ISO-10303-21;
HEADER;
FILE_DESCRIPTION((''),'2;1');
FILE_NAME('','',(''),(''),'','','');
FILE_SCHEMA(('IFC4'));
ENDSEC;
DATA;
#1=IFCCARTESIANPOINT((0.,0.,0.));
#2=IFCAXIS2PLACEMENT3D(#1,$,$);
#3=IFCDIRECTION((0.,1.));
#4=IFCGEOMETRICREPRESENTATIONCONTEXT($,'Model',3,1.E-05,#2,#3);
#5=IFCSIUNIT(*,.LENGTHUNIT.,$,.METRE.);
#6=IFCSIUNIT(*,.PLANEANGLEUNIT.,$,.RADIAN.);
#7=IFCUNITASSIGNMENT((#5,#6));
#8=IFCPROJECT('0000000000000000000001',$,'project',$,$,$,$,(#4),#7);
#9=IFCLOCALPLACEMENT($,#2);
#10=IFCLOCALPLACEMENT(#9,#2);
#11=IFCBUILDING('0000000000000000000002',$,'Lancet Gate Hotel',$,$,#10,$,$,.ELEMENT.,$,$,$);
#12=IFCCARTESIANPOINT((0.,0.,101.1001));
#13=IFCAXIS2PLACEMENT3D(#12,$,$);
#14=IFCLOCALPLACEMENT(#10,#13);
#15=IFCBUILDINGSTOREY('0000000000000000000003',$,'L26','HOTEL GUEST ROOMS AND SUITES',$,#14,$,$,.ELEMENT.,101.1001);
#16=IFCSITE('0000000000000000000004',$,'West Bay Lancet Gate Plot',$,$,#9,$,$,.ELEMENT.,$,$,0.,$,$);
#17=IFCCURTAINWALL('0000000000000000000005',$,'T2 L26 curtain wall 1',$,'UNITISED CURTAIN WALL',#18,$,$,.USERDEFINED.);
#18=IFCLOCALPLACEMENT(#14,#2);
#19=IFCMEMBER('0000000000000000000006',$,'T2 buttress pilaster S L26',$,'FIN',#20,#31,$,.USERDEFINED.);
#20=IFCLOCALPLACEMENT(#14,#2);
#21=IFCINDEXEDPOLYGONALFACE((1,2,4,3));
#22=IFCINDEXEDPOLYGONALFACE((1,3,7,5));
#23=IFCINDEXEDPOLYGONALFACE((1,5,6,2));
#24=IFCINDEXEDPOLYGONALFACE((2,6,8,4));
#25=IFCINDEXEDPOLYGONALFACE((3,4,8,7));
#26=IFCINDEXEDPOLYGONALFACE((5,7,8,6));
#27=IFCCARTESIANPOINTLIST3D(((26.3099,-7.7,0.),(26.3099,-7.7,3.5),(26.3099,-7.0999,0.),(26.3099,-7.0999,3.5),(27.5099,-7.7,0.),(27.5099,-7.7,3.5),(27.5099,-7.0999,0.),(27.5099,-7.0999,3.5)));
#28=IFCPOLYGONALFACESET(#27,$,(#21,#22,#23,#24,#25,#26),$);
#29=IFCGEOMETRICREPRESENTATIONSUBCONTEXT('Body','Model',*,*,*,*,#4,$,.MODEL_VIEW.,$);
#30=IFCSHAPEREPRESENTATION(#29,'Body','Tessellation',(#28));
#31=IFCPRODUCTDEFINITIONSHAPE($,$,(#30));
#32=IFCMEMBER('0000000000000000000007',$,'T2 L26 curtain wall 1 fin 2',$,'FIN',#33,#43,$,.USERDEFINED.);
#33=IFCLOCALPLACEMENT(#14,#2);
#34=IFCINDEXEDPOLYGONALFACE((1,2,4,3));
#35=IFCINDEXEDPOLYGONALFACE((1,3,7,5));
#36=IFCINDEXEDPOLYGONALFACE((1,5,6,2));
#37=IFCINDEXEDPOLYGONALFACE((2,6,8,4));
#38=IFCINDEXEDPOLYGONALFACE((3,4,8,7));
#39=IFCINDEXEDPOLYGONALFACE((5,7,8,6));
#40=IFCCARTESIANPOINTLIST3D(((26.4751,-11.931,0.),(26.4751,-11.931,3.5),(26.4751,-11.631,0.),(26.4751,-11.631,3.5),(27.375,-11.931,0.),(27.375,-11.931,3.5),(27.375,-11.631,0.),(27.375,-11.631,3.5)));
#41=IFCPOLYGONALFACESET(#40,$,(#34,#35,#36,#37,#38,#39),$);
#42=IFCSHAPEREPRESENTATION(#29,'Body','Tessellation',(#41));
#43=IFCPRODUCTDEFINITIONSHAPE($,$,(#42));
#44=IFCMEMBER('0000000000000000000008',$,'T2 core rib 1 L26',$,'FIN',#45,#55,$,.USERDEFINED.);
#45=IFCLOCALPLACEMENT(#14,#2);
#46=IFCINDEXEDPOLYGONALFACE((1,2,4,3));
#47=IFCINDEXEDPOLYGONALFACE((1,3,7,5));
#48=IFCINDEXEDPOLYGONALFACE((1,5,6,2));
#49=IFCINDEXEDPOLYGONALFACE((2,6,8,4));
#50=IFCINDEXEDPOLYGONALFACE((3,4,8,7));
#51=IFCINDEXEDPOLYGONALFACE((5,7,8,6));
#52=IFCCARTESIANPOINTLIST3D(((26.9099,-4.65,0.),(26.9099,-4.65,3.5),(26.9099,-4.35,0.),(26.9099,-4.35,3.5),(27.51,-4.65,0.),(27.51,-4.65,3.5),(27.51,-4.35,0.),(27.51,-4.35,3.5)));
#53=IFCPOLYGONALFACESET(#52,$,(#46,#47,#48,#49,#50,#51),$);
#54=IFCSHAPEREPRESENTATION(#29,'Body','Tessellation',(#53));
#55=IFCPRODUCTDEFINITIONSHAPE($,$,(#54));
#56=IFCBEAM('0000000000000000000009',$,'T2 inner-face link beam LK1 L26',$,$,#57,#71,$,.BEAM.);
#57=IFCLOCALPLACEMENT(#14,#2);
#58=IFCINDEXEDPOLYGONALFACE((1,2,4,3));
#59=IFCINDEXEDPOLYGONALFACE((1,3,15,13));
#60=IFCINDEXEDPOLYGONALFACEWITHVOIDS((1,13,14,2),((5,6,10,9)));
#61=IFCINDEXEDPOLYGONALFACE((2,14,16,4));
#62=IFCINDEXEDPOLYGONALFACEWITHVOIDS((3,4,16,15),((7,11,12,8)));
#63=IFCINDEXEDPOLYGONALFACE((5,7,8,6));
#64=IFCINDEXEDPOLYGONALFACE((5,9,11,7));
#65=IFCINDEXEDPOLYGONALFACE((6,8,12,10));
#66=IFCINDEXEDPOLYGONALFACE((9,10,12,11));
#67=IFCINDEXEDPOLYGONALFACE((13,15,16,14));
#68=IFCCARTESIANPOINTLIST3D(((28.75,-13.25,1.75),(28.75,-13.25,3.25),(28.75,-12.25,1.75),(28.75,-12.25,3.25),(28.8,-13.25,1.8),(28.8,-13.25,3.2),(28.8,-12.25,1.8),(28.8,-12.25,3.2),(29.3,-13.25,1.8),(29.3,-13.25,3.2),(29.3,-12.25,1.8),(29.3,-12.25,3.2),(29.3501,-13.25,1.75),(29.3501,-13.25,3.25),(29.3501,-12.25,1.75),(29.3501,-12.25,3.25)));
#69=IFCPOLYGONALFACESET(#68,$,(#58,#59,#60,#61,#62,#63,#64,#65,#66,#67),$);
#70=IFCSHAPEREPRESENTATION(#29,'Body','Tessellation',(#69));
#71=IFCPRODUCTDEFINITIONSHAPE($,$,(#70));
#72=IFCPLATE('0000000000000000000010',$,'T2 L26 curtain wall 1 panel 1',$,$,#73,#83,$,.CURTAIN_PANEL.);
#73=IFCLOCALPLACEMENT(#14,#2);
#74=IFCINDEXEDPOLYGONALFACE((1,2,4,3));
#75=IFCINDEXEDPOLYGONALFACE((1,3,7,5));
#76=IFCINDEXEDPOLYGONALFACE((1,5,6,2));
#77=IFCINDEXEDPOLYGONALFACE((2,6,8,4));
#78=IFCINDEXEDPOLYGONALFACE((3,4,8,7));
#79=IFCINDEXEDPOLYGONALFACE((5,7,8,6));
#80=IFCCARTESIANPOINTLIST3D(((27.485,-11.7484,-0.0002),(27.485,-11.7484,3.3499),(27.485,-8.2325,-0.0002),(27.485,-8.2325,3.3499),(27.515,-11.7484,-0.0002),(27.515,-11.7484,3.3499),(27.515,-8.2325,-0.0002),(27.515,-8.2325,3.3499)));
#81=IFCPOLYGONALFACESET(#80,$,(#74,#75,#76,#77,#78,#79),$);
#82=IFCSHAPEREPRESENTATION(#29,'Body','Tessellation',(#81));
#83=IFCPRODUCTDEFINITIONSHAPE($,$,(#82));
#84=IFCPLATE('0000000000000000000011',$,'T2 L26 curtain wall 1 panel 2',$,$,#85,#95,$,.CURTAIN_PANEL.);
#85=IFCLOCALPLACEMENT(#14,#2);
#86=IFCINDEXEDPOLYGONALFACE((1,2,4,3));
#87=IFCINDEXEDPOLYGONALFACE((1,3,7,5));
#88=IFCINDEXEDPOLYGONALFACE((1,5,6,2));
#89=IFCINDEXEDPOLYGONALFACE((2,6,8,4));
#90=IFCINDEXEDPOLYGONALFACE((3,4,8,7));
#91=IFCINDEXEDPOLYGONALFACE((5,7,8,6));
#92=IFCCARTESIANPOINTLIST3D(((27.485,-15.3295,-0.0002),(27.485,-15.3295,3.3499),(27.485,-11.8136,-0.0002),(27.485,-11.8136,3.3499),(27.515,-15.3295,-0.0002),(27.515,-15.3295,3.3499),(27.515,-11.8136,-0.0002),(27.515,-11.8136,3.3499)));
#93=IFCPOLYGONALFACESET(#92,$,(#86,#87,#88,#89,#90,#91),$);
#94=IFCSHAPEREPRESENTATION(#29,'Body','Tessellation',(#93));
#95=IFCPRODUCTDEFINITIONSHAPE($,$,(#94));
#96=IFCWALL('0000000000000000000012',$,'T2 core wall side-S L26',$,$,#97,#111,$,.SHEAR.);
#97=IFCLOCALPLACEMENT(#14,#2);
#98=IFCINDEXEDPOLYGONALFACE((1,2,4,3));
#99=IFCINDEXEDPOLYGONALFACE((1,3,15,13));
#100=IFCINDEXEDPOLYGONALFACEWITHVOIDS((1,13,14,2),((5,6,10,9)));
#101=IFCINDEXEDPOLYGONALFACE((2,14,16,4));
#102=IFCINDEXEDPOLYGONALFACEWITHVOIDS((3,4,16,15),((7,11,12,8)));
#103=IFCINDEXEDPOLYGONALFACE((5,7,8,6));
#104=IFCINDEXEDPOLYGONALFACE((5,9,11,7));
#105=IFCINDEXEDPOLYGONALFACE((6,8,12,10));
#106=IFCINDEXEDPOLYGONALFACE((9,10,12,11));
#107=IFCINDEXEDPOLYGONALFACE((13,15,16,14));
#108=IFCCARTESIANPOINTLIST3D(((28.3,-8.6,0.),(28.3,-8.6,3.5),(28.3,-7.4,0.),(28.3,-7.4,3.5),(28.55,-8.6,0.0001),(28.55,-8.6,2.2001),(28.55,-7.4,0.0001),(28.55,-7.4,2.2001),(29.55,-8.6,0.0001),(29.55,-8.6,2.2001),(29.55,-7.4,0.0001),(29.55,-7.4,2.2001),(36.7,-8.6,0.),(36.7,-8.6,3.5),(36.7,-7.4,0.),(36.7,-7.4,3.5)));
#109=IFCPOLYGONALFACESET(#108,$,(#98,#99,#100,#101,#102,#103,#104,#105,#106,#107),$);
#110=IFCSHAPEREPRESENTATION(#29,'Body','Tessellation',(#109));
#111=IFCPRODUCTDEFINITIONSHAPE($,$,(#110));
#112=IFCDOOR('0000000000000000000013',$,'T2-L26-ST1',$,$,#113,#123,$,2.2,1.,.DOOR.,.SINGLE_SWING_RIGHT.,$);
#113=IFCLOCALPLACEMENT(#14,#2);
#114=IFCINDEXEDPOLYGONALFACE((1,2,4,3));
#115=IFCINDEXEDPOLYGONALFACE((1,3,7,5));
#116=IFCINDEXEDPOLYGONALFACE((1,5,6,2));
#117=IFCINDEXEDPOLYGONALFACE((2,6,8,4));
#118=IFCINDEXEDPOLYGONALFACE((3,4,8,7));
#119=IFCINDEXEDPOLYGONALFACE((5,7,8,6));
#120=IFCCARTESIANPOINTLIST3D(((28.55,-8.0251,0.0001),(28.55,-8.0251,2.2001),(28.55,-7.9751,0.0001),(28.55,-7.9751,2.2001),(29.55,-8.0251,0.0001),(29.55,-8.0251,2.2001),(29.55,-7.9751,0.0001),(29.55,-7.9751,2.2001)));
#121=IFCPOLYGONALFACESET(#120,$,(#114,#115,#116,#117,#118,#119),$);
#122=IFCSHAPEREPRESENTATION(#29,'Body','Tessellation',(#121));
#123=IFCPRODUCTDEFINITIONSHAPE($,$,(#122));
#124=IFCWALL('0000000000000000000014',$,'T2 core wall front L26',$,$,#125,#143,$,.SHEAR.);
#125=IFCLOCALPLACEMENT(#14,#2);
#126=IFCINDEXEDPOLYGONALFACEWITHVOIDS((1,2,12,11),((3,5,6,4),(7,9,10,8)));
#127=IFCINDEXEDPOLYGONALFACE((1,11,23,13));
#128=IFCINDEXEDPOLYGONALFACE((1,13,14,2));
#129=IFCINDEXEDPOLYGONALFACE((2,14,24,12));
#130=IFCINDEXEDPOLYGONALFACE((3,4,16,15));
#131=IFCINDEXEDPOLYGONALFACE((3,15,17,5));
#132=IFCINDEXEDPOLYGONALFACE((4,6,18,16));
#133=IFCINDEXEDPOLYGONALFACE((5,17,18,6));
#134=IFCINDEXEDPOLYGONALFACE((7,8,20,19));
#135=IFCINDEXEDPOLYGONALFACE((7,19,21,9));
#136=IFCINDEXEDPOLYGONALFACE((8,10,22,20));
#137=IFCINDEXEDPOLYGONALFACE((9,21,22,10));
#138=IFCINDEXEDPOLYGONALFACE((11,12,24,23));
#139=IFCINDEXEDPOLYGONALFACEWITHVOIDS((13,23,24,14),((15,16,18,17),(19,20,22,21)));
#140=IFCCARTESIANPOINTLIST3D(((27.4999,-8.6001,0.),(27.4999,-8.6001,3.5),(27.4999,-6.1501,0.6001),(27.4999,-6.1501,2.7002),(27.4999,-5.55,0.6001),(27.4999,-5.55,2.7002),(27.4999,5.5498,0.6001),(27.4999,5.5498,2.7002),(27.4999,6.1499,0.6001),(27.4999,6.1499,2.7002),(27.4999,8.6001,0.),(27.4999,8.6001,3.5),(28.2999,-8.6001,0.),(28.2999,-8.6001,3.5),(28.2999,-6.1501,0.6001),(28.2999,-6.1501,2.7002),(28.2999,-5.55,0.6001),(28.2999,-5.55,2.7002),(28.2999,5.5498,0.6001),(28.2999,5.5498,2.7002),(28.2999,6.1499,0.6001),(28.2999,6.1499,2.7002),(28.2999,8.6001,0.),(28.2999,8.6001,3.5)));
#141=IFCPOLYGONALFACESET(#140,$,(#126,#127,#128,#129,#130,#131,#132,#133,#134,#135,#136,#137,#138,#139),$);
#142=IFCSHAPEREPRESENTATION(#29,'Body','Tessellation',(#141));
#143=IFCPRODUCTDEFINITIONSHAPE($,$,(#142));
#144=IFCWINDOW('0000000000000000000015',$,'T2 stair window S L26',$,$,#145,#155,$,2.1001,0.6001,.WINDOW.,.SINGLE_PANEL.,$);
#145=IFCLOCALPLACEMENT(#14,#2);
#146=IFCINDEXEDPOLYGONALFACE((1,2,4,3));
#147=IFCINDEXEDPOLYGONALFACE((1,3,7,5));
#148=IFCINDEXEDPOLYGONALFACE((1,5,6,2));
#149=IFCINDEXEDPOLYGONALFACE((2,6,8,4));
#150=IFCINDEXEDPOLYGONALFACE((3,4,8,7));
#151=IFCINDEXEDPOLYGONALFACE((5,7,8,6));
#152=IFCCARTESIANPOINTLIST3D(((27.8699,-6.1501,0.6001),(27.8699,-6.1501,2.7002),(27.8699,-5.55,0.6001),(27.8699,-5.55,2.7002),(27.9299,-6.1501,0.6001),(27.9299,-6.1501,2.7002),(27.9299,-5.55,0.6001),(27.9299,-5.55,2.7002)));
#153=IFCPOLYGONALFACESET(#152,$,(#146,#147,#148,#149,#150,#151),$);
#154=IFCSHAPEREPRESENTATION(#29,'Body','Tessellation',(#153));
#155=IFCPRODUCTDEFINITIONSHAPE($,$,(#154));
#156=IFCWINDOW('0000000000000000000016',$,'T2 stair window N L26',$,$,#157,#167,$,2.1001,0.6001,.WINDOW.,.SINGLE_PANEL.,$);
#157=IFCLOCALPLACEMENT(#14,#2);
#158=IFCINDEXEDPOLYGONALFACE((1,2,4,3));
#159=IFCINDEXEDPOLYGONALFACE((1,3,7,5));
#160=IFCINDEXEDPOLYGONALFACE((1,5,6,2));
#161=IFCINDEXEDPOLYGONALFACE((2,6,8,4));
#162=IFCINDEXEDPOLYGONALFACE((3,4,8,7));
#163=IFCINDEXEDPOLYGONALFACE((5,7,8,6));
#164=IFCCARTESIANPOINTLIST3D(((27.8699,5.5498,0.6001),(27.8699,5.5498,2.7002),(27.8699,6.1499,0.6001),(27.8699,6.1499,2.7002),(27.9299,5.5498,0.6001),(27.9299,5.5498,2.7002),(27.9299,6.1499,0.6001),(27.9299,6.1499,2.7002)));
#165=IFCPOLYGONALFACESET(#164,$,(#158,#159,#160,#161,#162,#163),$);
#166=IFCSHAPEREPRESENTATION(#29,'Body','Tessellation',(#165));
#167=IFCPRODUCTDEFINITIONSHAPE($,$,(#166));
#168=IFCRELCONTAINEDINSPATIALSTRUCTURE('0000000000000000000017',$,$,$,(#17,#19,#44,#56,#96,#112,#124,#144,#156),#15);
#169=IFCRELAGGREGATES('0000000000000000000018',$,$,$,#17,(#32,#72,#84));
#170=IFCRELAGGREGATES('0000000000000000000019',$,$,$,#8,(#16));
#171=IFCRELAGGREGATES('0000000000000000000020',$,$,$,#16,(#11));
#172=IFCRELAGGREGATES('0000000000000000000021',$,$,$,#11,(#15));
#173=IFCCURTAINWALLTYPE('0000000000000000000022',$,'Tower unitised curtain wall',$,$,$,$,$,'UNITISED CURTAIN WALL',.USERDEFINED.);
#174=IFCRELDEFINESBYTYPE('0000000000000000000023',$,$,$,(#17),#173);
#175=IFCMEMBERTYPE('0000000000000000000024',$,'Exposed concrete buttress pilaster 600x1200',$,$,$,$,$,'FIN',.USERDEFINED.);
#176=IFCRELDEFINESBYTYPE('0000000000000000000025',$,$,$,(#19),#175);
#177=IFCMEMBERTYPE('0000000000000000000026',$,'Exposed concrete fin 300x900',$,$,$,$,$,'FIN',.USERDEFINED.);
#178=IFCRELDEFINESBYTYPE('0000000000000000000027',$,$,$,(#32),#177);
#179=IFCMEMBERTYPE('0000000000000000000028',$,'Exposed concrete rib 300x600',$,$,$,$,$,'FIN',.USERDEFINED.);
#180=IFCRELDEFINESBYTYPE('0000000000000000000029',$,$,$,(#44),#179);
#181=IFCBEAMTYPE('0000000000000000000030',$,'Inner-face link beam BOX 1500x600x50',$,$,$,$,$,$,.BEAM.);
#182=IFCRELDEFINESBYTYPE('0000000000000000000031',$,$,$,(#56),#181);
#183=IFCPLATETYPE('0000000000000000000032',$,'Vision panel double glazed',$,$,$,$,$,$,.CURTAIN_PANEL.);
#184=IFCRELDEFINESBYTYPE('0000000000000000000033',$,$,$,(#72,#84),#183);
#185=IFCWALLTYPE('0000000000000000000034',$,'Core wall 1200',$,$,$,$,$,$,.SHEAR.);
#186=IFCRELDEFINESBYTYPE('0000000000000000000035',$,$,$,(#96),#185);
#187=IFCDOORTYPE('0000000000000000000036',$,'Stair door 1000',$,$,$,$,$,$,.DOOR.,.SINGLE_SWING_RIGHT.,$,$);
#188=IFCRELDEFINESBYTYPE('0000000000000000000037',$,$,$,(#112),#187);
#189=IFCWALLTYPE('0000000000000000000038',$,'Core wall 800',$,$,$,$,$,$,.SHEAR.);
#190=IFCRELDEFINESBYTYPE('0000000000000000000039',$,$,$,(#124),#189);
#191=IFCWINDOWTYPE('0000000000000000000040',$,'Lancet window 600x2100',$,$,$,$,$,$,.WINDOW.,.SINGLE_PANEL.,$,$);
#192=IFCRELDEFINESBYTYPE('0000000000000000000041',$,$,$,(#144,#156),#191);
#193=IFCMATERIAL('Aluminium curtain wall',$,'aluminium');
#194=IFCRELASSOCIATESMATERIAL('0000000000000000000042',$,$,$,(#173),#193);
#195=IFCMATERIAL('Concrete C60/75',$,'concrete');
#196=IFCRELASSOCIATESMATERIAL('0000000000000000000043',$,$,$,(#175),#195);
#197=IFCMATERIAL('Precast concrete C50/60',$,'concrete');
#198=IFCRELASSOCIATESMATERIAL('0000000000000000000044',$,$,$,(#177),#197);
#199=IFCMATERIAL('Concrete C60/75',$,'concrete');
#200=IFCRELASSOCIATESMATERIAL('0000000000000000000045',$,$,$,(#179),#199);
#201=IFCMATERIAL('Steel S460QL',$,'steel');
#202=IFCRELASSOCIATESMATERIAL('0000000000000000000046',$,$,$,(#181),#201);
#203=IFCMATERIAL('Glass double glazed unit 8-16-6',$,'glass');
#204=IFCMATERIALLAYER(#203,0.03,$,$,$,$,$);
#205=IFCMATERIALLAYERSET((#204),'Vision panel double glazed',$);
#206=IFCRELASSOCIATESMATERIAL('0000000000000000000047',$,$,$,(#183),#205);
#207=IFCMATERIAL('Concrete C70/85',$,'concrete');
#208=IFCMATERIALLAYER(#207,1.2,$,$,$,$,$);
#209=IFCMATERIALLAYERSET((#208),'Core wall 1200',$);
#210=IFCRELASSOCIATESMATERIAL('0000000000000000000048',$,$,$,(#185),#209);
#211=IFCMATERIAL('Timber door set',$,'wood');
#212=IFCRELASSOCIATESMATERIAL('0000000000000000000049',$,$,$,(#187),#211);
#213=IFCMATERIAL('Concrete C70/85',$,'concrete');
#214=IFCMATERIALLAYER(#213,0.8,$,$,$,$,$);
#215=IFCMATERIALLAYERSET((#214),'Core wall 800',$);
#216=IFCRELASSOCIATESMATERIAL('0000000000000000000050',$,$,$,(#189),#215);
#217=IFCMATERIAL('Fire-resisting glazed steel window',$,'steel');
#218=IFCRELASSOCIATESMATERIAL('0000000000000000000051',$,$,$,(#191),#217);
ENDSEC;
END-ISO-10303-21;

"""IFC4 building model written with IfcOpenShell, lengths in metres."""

from ifc_helpers import new_model, si_unit, direction, frame, frame_2d, origin, origin_2d, place, context, subcontext, project, spatial, rectangle, hollow_rectangle, extrude, material, layer, layer_set, material_profile, profile_set, type_object, element, fill, aggregate, save


model = new_model("IFC4")

# Units and contexts
model_context = context("Model", 3, precision=1e-05, world=origin(), true_north=direction((0.0, 1.0)))
body_context = subcontext(model_context, "Body", "Model", "MODEL_VIEW")
ifc_project = project(units=[si_unit("LENGTHUNIT", "METRE"), si_unit("PLANEANGLEUNIT", "RADIAN")], contexts=[model_context])

# Site, building, storey
site_placement = place(None, origin())
site = spatial("IfcSite", under=ifc_project, at=site_placement, Name="West Bay Lancet Gate Plot", CompositionType="ELEMENT", RefElevation=0.0)
building_placement = place(site_placement, origin())
building = spatial("IfcBuilding", under=site, at=building_placement, Name="Lancet Gate Hotel", CompositionType="ELEMENT")
storey_placement = place(building_placement, frame((0.0, 0.0, 101.1001)))
storey = spatial("IfcBuildingStorey", under=building, at=storey_placement, Name="L26", Description="HOTEL GUEST ROOMS AND SUITES", CompositionType="ELEMENT", Elevation=101.1001)

# Curtain wall
ifc_material_1 = material(Name="Aluminium curtain wall", Category="aluminium")
curtain_wall_type = type_object("IfcCurtainWallType", Name="Tower unitised curtain wall", ElementType="UNITISED CURTAIN WALL", PredefinedType="USERDEFINED", material=ifc_material_1)
curtain_wall_placement = place(storey_placement, origin())
curtain_wall = element("IfcCurtainWall", 1, at=curtain_wall_placement, inside=storey, type_object=curtain_wall_type, Name="T2 L26 curtain wall 1", ObjectType="UNITISED CURTAIN WALL", PredefinedType="USERDEFINED")

# Members
ifc_material_2 = material(Name="Concrete C60/75", Category="concrete")
ifc_material_profile_1 = material_profile(ifc_material_2, rectangle(XDim=0.6001, YDim=1.2, at=origin_2d()), Name="FIN 600x1200")
ifc_profile_set_1 = profile_set([ifc_material_profile_1], Name="Concrete C60/75")
member_type_1 = type_object("IfcMemberType", Name="Exposed concrete buttress pilaster 600x1200", ElementType="FIN", PredefinedType="USERDEFINED", material=ifc_profile_set_1)
member_1_placement = place(storey_placement, frame((26.9099, -7.3999, 0.0), z_axis=(0.0, 0.0, 1.0), x_axis=(0.0, 1.0, 0.0)))
element("IfcMember", 2, at=member_1_placement, inside=storey, type_object=member_type_1, Name="T2 buttress pilaster S L26", ObjectType="FIN", PredefinedType="USERDEFINED", context=body_context, shape_type="SweptSolid", body=[
    extrude(rectangle(XDim=0.6001, YDim=1.2, at=origin_2d()), origin(), (0.0, 0.0, 1.0), 3.5),
])
ifc_material_3 = material(Name="Precast concrete C50/60", Category="concrete")
ifc_material_profile_2 = material_profile(ifc_material_3, rectangle(XDim=0.3, YDim=0.8999, at=origin_2d()), Name="FIN 300x900")
ifc_profile_set_2 = profile_set([ifc_material_profile_2], Name="Precast concrete C50/60")
member_type_2 = type_object("IfcMemberType", Name="Exposed concrete fin 300x900", ElementType="FIN", PredefinedType="USERDEFINED", material=ifc_profile_set_2)
member_2_placement = place(storey_placement, frame((26.925, -11.781, 0.0), z_axis=(0.0, 0.0, 1.0), x_axis=(0.0, -1.0, 0.0)))
member_2 = element("IfcMember", 3, at=member_2_placement, type_object=member_type_2, Name="T2 L26 curtain wall 1 fin 2", ObjectType="FIN", PredefinedType="USERDEFINED", context=body_context, shape_type="SweptSolid", body=[
    extrude(rectangle(XDim=0.3, YDim=0.8999, at=origin_2d()), origin(), (0.0, 0.0, 1.0), 3.5),
])
ifc_material_4 = material(Name="Concrete C60/75", Category="concrete")
ifc_material_profile_3 = material_profile(ifc_material_4, rectangle(XDim=0.3, YDim=0.6001, at=origin_2d()), Name="FIN 300x600")
ifc_profile_set_3 = profile_set([ifc_material_profile_3], Name="Concrete C60/75")
member_type_3 = type_object("IfcMemberType", Name="Exposed concrete rib 300x600", ElementType="FIN", PredefinedType="USERDEFINED", material=ifc_profile_set_3)
member_3_placement = place(storey_placement, frame((27.21, -4.5, 0.0), z_axis=(0.0, 0.0, 1.0), x_axis=(0.0, 1.0, 0.0)))
element("IfcMember", 4, at=member_3_placement, inside=storey, type_object=member_type_3, Name="T2 core rib 1 L26", ObjectType="FIN", PredefinedType="USERDEFINED", context=body_context, shape_type="SweptSolid", body=[
    extrude(rectangle(XDim=0.3, YDim=0.6001, at=origin_2d()), origin(), (0.0, 0.0, 1.0), 3.5),
])

# Beam
ifc_material_5 = material(Name="Steel S460QL", Category="steel")
ifc_material_profile_4 = material_profile(ifc_material_5, hollow_rectangle(XDim=0.6001, YDim=1.5, WallThickness=0.05, at=origin_2d()), Name="BOX 1500x600x50")
ifc_profile_set_4 = profile_set([ifc_material_profile_4], Name="Steel S460QL")
beam_type = type_object("IfcBeamType", Name="Inner-face link beam BOX 1500x600x50", PredefinedType="BEAM", material=ifc_profile_set_4)
beam_placement = place(storey_placement, frame((29.05, -13.25, 2.5), z_axis=(0.0, 1.0, 0.0), x_axis=(-1.0, 0.0, 0.0)))
element("IfcBeam", 5, at=beam_placement, inside=storey, type_object=beam_type, Name="T2 inner-face link beam LK1 L26", PredefinedType="BEAM", context=body_context, shape_type="SweptSolid", body=[
    extrude(hollow_rectangle(XDim=0.6001, YDim=1.5, WallThickness=0.05, at=origin_2d()), origin(), (0.0, 0.0, 1.0), 1.0),
])

# Plates
ifc_material_6 = material(Name="Glass double glazed unit 8-16-6", Category="glass")
ifc_layer_1 = layer(ifc_material_6, 0.03)
ifc_layer_set_1 = layer_set([ifc_layer_1], Name="Vision panel double glazed")
plate_type = type_object("IfcPlateType", Name="Vision panel double glazed", PredefinedType="CURTAIN_PANEL", material=ifc_layer_set_1)
plate_1_placement = place(storey_placement, frame((27.5, -9.9905, -0.0002), z_axis=(0.0, 0.0, 1.0), x_axis=(0.0, -1.0, 0.0)))
plate_1 = element("IfcPlate", 6, at=plate_1_placement, type_object=plate_type, Name="T2 L26 curtain wall 1 panel 1", PredefinedType="CURTAIN_PANEL", context=body_context, shape_type="SweptSolid", body=[
    extrude(rectangle(XDim=3.5159, YDim=0.03, at=origin_2d()), origin(), (0.0, 0.0, 1.0), 3.3501),
])
plate_2_placement = place(storey_placement, frame((27.5, -13.5715, -0.0002), z_axis=(0.0, 0.0, 1.0), x_axis=(0.0, -1.0, 0.0)))
plate_2 = element("IfcPlate", 7, at=plate_2_placement, type_object=plate_type, Name="T2 L26 curtain wall 1 panel 2", PredefinedType="CURTAIN_PANEL", context=body_context, shape_type="SweptSolid", body=[
    extrude(rectangle(XDim=3.5159, YDim=0.03, at=origin_2d()), origin(), (0.0, 0.0, 1.0), 3.3501),
])
aggregate(curtain_wall, [member_2, plate_1, plate_2])

# Wall, opening, door
ifc_material_7 = material(Name="Concrete C70/85", Category="concrete")
ifc_layer_2 = layer(ifc_material_7, 1.2)
ifc_layer_set_2 = layer_set([ifc_layer_2], Name="Core wall 1200")
wall_type_1 = type_object("IfcWallType", Name="Core wall 1200", PredefinedType="SHEAR", material=ifc_layer_set_2)
wall_1_placement = place(storey_placement, frame((28.3, -8.0, 0.0), z_axis=(0.0, 0.0, 1.0), x_axis=(1.0, 0.0, 0.0)))
wall_1 = element("IfcWall", 8, at=wall_1_placement, inside=storey, type_object=wall_type_1, Name="T2 core wall side-S L26", PredefinedType="SHEAR", context=body_context, shape_type="SweptSolid", body=[
    extrude(rectangle(XDim=8.3999, YDim=1.2, at=frame_2d((4.2, 0.0))), origin(), (0.0, 0.0, 1.0), 3.5),
])
opening_1_placement = place(wall_1_placement, frame((0.25, 0.0, 0.0)))
opening_1 = element("IfcOpeningElement", 9, at=opening_1_placement, cuts=wall_1, PredefinedType="OPENING", context=body_context, shape_type="SweptSolid", body=[
    extrude(rectangle(XDim=1.0, YDim=2.2, at=frame_2d((0.5, 1.1001))), frame((0.0, 0.6099, 0.0), z_axis=(0.0, -1.0, 0.0), x_axis=(1.0, 0.0, 0.0)), (0.0, 0.0, 1.0), 1.22),
])
ifc_material_8 = material(Name="Timber door set", Category="wood")
door_type = type_object("IfcDoorType", Name="Stair door 1000", OperationType="SINGLE_SWING_RIGHT", PredefinedType="DOOR", material=ifc_material_8)
door_placement = place(opening_1_placement, origin())
door = element("IfcDoor", 10, at=door_placement, inside=storey, type_object=door_type, Name="T2-L26-ST1", OperationType="SINGLE_SWING_RIGHT", OverallHeight=2.2, OverallWidth=1.0, PredefinedType="DOOR", context=body_context, shape_type="SweptSolid", body=[
    extrude(rectangle(XDim=1.0, YDim=2.2, at=frame_2d((0.5, 1.1001))), frame((0.0, 0.0249, 0.0), z_axis=(0.0, -1.0, 0.0), x_axis=(1.0, 0.0, 0.0)), (0.0, 0.0, 1.0), 0.05),
])
fill(opening_1, door)

# Wall, openings, windows
ifc_material_9 = material(Name="Concrete C70/85", Category="concrete")
ifc_layer_3 = layer(ifc_material_9, 0.8)
ifc_layer_set_3 = layer_set([ifc_layer_3], Name="Core wall 800")
wall_type_2 = type_object("IfcWallType", Name="Core wall 800", PredefinedType="SHEAR", material=ifc_layer_set_3)
wall_2_placement = place(storey_placement, frame((27.8999, -8.6001, 0.0), z_axis=(0.0, 0.0, 1.0), x_axis=(0.0, 1.0, 0.0)))
wall_2 = element("IfcWall", 11, at=wall_2_placement, inside=storey, type_object=wall_type_2, Name="T2 core wall front L26", PredefinedType="SHEAR", context=body_context, shape_type="SweptSolid", body=[
    extrude(rectangle(XDim=17.2002, YDim=0.8, at=frame_2d((8.6001, 0.0))), origin(), (0.0, 0.0, 1.0), 3.5),
])
opening_2_placement = place(wall_2_placement, frame((2.45, 0.0, 0.6001)))
opening_2 = element("IfcOpeningElement", 12, at=opening_2_placement, cuts=wall_2, PredefinedType="OPENING", context=body_context, shape_type="SweptSolid", body=[
    extrude(rectangle(XDim=0.6001, YDim=2.1001, at=frame_2d((0.3, 1.05))), frame((0.0, 0.4099, 0.0), z_axis=(0.0, -1.0, 0.0), x_axis=(1.0, 0.0, 0.0)), (0.0, 0.0, 1.0), 0.8201),
])
opening_3_placement = place(wall_2_placement, frame((14.1499, 0.0, 0.6001)))
opening_3 = element("IfcOpeningElement", 13, at=opening_3_placement, cuts=wall_2, PredefinedType="OPENING", context=body_context, shape_type="SweptSolid", body=[
    extrude(rectangle(XDim=0.6001, YDim=2.1001, at=frame_2d((0.3, 1.05))), frame((0.0, 0.4099, 0.0), z_axis=(0.0, -1.0, 0.0), x_axis=(1.0, 0.0, 0.0)), (0.0, 0.0, 1.0), 0.8201),
])
ifc_material_10 = material(Name="Fire-resisting glazed steel window", Category="steel")
window_type = type_object("IfcWindowType", Name="Lancet window 600x2100", PartitioningType="SINGLE_PANEL", PredefinedType="WINDOW", material=ifc_material_10)
window_1_placement = place(opening_2_placement, origin())
window_1 = element("IfcWindow", 14, at=window_1_placement, inside=storey, type_object=window_type, Name="T2 stair window S L26", OverallHeight=2.1001, OverallWidth=0.6001, PartitioningType="SINGLE_PANEL", PredefinedType="WINDOW", context=body_context, shape_type="SweptSolid", body=[
    extrude(rectangle(XDim=0.6001, YDim=2.1001, at=frame_2d((0.3, 1.05))), frame((0.0, 0.03, 0.0), z_axis=(0.0, -1.0, 0.0), x_axis=(1.0, 0.0, 0.0)), (0.0, 0.0, 1.0), 0.0601),
])
fill(opening_2, window_1)
window_2_placement = place(opening_3_placement, origin())
window_2 = element("IfcWindow", 15, at=window_2_placement, inside=storey, type_object=window_type, Name="T2 stair window N L26", OverallHeight=2.1001, OverallWidth=0.6001, PartitioningType="SINGLE_PANEL", PredefinedType="WINDOW", context=body_context, shape_type="SweptSolid", body=[
    extrude(rectangle(XDim=0.6001, YDim=2.1001, at=frame_2d((0.3, 1.05))), frame((0.0, 0.03, 0.0), z_axis=(0.0, -1.0, 0.0), x_axis=(1.0, 0.0, 0.0)), (0.0, 0.0, 1.0), 0.0601),
])
fill(opening_3, window_2)

save(model, "model.ifc")
